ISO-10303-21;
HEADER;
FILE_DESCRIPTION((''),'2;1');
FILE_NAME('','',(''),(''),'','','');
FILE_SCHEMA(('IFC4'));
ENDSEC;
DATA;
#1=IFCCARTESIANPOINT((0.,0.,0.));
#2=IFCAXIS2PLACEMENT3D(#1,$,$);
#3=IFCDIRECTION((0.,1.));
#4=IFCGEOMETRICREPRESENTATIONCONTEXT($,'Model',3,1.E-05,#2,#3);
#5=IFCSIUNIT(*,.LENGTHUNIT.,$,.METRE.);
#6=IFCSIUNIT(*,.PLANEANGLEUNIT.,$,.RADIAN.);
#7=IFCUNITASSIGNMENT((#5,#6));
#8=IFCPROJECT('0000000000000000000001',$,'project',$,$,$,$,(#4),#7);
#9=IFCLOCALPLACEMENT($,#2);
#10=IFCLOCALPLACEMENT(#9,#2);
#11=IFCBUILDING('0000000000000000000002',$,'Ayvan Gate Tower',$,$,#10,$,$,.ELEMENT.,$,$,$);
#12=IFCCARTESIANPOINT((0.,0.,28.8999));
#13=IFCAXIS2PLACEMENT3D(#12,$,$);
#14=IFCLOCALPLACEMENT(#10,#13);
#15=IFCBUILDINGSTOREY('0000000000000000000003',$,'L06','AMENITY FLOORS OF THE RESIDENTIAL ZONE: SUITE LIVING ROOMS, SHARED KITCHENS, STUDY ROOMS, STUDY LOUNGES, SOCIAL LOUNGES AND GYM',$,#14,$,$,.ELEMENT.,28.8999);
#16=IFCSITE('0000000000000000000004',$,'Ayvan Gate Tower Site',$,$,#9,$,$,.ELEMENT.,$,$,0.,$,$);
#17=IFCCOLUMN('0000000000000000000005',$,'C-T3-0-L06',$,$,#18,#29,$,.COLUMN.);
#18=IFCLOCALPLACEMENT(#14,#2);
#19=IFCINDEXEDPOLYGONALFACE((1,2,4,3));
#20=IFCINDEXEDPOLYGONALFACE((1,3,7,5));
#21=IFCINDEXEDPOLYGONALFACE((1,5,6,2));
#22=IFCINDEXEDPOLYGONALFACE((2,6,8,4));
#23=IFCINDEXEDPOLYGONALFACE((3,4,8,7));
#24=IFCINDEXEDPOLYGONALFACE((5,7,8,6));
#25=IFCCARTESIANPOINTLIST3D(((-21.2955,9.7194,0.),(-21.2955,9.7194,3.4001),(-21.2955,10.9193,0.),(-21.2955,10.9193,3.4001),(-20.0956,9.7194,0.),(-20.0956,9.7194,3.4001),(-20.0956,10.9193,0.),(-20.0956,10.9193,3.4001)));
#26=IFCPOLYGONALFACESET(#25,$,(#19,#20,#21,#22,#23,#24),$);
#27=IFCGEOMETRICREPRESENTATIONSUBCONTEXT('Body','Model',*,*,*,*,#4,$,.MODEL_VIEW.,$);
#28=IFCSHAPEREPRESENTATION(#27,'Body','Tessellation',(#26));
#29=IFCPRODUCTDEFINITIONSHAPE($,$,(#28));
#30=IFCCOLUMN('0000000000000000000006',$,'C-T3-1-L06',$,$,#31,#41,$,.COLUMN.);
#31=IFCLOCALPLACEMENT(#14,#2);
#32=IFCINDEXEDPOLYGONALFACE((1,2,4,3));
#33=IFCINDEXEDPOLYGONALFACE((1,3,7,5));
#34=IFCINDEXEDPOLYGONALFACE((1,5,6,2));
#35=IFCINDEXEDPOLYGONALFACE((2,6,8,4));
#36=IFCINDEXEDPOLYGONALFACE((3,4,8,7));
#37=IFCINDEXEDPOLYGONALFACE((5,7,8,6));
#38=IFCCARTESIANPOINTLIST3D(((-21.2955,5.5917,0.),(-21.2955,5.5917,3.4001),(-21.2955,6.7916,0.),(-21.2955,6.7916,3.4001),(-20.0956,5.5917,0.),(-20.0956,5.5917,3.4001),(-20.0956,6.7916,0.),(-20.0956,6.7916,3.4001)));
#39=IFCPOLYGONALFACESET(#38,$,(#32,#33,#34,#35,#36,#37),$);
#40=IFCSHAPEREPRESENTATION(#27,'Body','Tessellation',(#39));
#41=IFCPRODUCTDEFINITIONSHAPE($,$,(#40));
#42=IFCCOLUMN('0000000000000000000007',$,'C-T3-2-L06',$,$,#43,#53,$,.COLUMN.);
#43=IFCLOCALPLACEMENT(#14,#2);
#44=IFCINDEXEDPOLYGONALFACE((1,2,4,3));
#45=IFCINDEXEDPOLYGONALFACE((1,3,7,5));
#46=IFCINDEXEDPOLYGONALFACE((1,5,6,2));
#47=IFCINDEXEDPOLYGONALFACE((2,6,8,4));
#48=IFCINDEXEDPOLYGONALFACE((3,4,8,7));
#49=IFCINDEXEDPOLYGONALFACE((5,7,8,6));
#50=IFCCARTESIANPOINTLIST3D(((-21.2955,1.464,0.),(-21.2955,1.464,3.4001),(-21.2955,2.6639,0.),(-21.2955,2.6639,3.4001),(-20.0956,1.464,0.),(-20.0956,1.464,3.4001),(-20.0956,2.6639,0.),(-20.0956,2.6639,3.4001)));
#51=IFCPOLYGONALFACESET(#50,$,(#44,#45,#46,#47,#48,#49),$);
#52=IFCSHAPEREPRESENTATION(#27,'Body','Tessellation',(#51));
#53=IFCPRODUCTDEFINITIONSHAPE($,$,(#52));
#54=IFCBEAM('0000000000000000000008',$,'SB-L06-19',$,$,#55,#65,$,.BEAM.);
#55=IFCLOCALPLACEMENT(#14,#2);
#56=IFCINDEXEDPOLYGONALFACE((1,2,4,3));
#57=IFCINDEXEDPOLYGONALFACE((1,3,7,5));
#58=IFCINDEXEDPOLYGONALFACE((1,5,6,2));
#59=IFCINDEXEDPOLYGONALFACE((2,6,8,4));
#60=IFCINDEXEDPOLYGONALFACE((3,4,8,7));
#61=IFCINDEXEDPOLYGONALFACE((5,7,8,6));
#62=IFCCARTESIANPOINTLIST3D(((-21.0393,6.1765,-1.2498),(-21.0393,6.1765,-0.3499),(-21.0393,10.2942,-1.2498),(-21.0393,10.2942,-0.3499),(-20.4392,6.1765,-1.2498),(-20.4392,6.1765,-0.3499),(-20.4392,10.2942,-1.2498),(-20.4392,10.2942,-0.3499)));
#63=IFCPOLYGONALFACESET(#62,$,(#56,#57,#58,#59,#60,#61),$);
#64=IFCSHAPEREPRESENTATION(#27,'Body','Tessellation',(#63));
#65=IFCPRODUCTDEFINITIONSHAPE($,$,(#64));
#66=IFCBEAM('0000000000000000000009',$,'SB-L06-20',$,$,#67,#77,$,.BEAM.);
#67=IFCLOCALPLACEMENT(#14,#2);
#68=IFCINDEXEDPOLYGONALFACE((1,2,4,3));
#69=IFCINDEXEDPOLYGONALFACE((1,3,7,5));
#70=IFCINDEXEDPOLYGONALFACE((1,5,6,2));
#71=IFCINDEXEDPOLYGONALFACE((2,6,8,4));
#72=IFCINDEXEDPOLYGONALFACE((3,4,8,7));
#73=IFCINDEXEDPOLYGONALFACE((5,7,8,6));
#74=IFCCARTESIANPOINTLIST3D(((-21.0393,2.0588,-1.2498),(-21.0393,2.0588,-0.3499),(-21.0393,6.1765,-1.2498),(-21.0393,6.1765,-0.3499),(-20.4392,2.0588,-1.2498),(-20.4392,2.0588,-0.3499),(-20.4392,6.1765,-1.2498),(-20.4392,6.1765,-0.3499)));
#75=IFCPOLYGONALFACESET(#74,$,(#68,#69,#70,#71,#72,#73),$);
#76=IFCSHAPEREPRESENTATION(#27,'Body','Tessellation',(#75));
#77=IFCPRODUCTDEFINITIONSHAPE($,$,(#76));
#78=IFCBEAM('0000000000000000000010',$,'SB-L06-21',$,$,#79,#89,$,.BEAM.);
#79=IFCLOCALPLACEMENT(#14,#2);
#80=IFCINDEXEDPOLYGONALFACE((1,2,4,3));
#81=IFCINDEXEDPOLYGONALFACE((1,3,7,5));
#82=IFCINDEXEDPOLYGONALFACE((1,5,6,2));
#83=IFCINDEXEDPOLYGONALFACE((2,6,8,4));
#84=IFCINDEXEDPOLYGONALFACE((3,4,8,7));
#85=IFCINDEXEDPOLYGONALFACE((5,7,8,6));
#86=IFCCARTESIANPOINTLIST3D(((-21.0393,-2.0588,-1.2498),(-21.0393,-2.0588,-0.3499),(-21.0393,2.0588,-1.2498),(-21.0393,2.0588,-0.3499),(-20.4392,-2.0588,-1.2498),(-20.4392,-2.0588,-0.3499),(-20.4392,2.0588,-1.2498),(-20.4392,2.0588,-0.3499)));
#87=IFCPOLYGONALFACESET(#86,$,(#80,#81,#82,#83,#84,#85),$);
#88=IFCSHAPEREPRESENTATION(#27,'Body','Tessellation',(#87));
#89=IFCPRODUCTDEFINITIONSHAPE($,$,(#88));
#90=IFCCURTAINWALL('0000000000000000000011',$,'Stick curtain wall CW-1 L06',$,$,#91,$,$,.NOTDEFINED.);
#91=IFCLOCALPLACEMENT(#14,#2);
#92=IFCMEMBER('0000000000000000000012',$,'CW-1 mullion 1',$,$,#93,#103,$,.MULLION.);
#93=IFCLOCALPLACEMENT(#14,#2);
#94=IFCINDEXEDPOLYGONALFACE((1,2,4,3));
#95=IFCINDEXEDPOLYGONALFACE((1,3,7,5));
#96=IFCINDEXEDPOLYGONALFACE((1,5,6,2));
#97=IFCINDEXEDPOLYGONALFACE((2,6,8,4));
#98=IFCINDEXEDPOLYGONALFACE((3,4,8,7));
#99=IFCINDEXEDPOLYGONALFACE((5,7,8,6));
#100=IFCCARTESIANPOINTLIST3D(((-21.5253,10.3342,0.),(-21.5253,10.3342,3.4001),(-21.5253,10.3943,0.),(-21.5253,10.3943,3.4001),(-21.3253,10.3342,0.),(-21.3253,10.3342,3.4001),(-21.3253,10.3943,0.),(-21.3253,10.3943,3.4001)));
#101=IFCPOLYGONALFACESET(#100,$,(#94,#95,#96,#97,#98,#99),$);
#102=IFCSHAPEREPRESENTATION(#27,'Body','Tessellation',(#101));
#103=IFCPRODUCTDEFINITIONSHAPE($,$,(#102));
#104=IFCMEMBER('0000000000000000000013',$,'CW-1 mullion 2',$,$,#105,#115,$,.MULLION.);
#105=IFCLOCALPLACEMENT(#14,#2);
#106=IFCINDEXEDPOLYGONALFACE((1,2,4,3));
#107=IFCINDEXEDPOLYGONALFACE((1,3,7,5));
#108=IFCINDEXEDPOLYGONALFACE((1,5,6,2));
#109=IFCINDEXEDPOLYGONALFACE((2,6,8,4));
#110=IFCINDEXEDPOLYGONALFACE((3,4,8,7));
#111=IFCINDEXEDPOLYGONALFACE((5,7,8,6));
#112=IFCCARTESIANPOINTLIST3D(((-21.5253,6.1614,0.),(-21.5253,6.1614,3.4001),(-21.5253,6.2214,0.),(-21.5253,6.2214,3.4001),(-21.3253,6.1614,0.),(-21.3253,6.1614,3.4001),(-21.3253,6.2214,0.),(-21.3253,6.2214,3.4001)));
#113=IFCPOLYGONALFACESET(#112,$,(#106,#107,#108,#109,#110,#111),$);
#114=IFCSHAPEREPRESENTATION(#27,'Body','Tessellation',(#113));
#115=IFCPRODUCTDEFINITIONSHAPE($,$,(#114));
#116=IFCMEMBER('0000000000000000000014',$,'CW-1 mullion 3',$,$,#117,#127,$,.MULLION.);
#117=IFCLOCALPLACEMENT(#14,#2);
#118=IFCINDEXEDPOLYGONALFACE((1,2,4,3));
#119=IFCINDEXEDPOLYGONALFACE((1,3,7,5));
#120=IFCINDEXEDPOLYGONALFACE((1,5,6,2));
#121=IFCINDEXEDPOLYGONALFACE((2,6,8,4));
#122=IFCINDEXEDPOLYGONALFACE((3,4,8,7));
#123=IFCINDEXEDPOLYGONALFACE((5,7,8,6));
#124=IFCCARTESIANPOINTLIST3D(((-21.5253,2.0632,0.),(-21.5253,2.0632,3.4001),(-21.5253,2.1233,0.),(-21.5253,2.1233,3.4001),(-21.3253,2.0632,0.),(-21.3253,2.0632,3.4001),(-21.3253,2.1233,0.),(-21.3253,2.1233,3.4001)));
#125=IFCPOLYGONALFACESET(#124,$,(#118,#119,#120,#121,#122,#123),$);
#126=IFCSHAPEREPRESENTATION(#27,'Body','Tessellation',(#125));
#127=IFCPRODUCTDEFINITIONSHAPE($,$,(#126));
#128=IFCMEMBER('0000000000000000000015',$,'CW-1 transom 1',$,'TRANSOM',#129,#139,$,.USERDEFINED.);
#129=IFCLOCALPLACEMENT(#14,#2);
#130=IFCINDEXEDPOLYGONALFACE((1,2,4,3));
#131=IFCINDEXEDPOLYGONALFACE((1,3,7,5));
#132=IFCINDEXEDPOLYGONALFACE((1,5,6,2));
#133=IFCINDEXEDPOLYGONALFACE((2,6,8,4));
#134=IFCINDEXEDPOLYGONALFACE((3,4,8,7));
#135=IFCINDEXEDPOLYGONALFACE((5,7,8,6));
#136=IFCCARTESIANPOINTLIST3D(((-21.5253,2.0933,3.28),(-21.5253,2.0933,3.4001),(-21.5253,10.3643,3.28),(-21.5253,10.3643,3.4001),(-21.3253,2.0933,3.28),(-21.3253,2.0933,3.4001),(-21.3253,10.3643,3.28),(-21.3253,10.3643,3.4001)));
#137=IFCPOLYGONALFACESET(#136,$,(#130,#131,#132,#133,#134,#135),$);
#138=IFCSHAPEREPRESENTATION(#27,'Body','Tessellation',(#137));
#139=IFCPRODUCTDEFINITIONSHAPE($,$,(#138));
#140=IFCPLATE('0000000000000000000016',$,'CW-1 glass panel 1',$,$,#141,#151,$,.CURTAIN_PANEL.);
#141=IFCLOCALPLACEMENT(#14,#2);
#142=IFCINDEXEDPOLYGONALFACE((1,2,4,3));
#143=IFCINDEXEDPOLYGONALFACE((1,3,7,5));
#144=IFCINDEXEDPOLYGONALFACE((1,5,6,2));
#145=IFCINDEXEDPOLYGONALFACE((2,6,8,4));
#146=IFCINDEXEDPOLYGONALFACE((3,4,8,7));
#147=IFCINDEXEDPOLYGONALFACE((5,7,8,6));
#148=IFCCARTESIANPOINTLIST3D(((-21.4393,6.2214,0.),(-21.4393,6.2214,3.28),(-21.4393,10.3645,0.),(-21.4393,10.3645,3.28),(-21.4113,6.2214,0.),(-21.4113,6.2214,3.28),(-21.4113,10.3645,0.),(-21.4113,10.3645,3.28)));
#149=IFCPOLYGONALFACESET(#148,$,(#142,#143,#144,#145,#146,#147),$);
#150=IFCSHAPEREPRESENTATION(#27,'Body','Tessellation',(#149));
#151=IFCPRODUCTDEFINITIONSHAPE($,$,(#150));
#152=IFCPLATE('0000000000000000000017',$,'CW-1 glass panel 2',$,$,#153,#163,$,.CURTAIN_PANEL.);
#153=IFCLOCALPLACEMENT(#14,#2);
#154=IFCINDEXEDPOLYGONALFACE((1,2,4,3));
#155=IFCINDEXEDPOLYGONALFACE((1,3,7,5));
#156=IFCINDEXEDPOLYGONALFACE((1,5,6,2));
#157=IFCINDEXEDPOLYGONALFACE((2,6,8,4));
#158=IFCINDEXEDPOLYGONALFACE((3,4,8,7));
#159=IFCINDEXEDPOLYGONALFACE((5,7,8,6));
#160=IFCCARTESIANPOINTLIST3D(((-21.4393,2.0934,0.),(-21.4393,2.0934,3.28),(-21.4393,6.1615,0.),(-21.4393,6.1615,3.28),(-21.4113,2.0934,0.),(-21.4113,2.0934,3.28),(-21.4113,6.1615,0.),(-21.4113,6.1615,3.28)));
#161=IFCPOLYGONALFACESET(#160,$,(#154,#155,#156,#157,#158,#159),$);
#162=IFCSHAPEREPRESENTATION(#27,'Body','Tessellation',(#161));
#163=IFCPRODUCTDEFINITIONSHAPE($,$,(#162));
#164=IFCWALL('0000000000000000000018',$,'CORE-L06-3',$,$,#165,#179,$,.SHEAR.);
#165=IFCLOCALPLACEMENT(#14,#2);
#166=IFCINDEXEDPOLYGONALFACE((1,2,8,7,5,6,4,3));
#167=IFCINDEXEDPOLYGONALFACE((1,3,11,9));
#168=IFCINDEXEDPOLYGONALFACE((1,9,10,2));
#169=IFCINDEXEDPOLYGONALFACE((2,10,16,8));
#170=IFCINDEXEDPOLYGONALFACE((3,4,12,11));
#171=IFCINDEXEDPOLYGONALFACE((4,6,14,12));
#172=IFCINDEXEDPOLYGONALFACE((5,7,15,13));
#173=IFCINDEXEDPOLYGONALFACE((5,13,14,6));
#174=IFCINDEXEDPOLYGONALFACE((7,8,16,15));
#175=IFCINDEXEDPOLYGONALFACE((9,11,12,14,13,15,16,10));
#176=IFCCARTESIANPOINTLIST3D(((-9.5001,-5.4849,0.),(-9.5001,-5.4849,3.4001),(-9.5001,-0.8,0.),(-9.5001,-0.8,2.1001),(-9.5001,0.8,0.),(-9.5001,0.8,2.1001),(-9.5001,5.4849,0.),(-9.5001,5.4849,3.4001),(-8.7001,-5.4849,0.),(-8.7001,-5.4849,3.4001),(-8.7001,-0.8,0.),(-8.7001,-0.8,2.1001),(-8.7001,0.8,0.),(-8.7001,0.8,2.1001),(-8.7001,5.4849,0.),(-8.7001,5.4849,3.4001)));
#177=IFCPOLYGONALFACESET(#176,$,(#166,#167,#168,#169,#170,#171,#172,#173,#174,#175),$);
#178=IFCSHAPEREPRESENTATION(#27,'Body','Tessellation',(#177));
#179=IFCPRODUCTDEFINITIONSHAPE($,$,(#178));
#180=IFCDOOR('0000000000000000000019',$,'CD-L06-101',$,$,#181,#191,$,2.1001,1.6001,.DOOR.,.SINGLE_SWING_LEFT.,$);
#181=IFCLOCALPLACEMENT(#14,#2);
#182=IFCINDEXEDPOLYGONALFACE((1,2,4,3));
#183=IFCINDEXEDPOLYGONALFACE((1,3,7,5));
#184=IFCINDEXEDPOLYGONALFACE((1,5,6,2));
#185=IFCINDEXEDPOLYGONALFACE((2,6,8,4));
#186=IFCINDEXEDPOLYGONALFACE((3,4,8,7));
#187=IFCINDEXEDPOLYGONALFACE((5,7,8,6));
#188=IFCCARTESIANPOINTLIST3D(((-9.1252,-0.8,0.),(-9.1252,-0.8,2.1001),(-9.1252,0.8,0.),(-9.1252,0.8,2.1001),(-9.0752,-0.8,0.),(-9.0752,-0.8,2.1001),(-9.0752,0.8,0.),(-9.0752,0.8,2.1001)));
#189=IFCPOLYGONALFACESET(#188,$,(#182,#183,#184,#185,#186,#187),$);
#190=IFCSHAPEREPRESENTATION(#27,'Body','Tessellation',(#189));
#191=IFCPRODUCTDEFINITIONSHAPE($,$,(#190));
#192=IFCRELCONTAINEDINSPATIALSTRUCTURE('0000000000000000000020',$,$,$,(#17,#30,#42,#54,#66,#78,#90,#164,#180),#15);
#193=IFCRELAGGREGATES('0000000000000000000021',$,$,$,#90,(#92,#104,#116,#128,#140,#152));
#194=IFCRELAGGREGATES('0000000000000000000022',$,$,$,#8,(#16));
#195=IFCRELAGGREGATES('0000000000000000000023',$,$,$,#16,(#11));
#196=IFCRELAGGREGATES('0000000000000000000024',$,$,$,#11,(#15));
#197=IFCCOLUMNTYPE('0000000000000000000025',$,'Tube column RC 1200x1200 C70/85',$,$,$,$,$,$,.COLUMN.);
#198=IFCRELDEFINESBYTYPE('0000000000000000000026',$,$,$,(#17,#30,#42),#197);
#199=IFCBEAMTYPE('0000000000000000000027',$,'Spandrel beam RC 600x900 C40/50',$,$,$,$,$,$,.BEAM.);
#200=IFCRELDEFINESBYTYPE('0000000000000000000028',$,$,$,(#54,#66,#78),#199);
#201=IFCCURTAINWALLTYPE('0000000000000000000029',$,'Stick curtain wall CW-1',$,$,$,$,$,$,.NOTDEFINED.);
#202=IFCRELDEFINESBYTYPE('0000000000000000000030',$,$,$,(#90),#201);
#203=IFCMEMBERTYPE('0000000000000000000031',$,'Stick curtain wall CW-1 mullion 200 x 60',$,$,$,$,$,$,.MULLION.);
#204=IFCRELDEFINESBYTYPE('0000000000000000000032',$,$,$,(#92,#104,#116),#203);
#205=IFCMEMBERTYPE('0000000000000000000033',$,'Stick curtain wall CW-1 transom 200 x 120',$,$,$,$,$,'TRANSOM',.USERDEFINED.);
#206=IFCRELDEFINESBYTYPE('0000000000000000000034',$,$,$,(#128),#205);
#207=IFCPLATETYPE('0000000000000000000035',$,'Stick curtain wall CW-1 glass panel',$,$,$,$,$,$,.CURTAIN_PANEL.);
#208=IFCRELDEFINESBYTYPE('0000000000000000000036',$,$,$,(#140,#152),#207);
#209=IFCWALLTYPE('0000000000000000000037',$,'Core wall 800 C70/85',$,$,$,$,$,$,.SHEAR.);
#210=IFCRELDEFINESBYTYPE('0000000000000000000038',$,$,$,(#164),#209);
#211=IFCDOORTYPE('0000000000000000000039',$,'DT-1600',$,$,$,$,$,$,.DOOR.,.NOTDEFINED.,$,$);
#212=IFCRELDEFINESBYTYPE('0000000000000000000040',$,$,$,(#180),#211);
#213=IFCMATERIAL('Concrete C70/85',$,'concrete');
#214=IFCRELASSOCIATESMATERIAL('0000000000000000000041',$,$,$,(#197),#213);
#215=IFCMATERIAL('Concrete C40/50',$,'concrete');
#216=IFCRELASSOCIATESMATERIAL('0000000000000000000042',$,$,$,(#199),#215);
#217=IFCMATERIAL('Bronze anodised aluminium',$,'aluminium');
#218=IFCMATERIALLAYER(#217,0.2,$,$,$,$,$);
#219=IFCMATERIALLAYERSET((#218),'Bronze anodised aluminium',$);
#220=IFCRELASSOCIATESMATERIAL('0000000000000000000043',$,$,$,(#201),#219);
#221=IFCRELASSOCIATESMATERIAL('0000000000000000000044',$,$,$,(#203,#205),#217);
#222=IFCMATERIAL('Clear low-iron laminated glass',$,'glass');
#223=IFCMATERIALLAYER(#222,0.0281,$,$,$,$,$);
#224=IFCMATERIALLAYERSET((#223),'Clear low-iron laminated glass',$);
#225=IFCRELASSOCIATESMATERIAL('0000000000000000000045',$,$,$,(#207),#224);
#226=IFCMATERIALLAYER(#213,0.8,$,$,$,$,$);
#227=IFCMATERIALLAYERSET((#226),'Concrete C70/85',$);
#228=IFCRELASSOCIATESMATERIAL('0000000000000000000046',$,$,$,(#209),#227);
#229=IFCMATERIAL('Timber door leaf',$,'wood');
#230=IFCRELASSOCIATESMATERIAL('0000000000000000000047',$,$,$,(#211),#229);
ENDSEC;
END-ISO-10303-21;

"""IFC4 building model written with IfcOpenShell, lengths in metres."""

from ifc_helpers import new_model, si_unit, direction, frame, frame_2d, origin, origin_2d, place, context, subcontext, project, spatial, rectangle, extrude, material, layer, layer_set, material_profile, profile_set, type_object, element, fill, aggregate, save


model = new_model("IFC4")

# Units and contexts
model_context = context("Model", 3, precision=1e-05, world=origin(), true_north=direction((0.0, 1.0)))
body_context = subcontext(model_context, "Body", "Model", "MODEL_VIEW")
ifc_project = project(units=[si_unit("LENGTHUNIT", "METRE"), si_unit("PLANEANGLEUNIT", "RADIAN")], contexts=[model_context])

# Site, building, storey
site_placement = place(None, origin())
site = spatial("IfcSite", under=ifc_project, at=site_placement, Name="Ayvan Gate Tower Site", CompositionType="ELEMENT", RefElevation=0.0)
building_placement = place(site_placement, origin())
building = spatial("IfcBuilding", under=site, at=building_placement, Name="Ayvan Gate Tower", CompositionType="ELEMENT")
storey_placement = place(building_placement, frame((0.0, 0.0, 28.8999)))
storey = spatial("IfcBuildingStorey", under=building, at=storey_placement, Name="L06", Description="AMENITY FLOORS OF THE RESIDENTIAL ZONE: SUITE LIVING ROOMS, SHARED KITCHENS, STUDY ROOMS, STUDY LOUNGES, SOCIAL LOUNGES AND GYM", CompositionType="ELEMENT", Elevation=28.8999)

# Columns
ifc_material_1 = material(Name="Concrete C70/85", Category="concrete")
ifc_material_profile_1 = material_profile(ifc_material_1, rectangle(XDim=1.2, YDim=1.2, at=origin_2d()), Name="RC 1200x1200")
ifc_profile_set_1 = profile_set([ifc_material_profile_1], Name="Concrete C70/85")
column_type = type_object("IfcColumnType", Name="Tube column RC 1200x1200 C70/85", PredefinedType="COLUMN", material=ifc_profile_set_1)
for number, where, z_axis, x_axis, name in (
    (1, (-20.6956, 10.3193, 0.0), (0.0, 0.0, 1.0), (-1.0, 0.0, 0.0), "C-T3-0-L06"),
    (2, (-20.6956, 6.1917, 0.0), (0.0, 0.0, 1.0), (-1.0, 0.0, 0.0), "C-T3-1-L06"),
    (3, (-20.6956, 2.064, 0.0), (0.0, 0.0, 1.0), (-1.0, 0.0, 0.0), "C-T3-2-L06"),
):
    element("IfcColumn", number, at=place(storey_placement, frame(where, z_axis=z_axis, x_axis=x_axis)), inside=storey, type_object=column_type, Name=name, PredefinedType="COLUMN", context=body_context, shape_type="SweptSolid", body=[
        extrude(rectangle(XDim=1.2, YDim=1.2, at=origin_2d()), origin(), (0.0, 0.0, 1.0), 3.4001),
    ])

# Beams
ifc_material_2 = material(Name="Concrete C40/50", Category="concrete")
ifc_material_profile_2 = material_profile(ifc_material_2, rectangle(XDim=0.6001, YDim=0.8999, at=origin_2d()), Name="RC 600x900")
ifc_profile_set_2 = profile_set([ifc_material_profile_2], Name="Concrete C40/50")
beam_type = type_object("IfcBeamType", Name="Spandrel beam RC 600x900 C40/50", PredefinedType="BEAM", material=ifc_profile_set_2)
for number, where, z_axis, x_axis, name in (
    (4, (-20.7393, 10.2942, -0.7998), (0.0, -1.0, 0.0), (1.0, 0.0, 0.0), "SB-L06-19"),
    (5, (-20.7393, 6.1765, -0.7998), (0.0, -1.0, 0.0), (1.0, 0.0, 0.0), "SB-L06-20"),
    (6, (-20.7393, 2.0588, -0.7998), (0.0, -1.0, 0.0), (1.0, 0.0, 0.0), "SB-L06-21"),
):
    element("IfcBeam", number, at=place(storey_placement, frame(where, z_axis=z_axis, x_axis=x_axis)), inside=storey, type_object=beam_type, Name=name, PredefinedType="BEAM", context=body_context, shape_type="SweptSolid", body=[
        extrude(rectangle(XDim=0.6001, YDim=0.8999, at=origin_2d()), origin(), (0.0, 0.0, 1.0), 4.1177),
    ])

# Curtain wall, members, plates
ifc_material_3 = material(Name="Bronze anodised aluminium", Category="aluminium")
ifc_layer_1 = layer(ifc_material_3, 0.2)
ifc_layer_set_1 = layer_set([ifc_layer_1], Name="Bronze anodised aluminium")
curtain_wall_type = type_object("IfcCurtainWallType", Name="Stick curtain wall CW-1", PredefinedType="NOTDEFINED", material=ifc_layer_set_1)
curtain_wall_placement = place(storey_placement, origin())
curtain_wall = element("IfcCurtainWall", 7, at=curtain_wall_placement, inside=storey, type_object=curtain_wall_type, Name="Stick curtain wall CW-1 L06", PredefinedType="NOTDEFINED")
ifc_material_profile_3 = material_profile(ifc_material_3, rectangle(XDim=0.2, YDim=0.0601, at=origin_2d()), Name="Stick curtain wall CW-1 mullion 200 x 60")
ifc_profile_set_3 = profile_set([ifc_material_profile_3], Name="Bronze anodised aluminium")
member_type_1 = type_object("IfcMemberType", Name="Stick curtain wall CW-1 mullion 200 x 60", PredefinedType="MULLION", material=ifc_profile_set_3)
member_1_placement = place(storey_placement, frame((-21.4253, 10.3643, 0.0), z_axis=(0.0, 0.0, 1.0), x_axis=(-1.0, 0.0, 0.0)))
member_1 = element("IfcMember", 8, at=member_1_placement, type_object=member_type_1, Name="CW-1 mullion 1", PredefinedType="MULLION", context=body_context, shape_type="SweptSolid", body=[
    extrude(rectangle(XDim=0.2, YDim=0.0601, at=origin_2d()), origin(), (0.0, 0.0, 1.0), 3.4001),
])
member_2_placement = place(storey_placement, frame((-21.4253, 6.1914, 0.0), z_axis=(0.0, 0.0, 1.0), x_axis=(-1.0, 0.0, 0.0)))
member_2 = element("IfcMember", 9, at=member_2_placement, type_object=member_type_1, Name="CW-1 mullion 2", PredefinedType="MULLION", context=body_context, shape_type="SweptSolid", body=[
    extrude(rectangle(XDim=0.2, YDim=0.0601, at=origin_2d()), origin(), (0.0, 0.0, 1.0), 3.4001),
])
member_3_placement = place(storey_placement, frame((-21.4253, 2.0933, 0.0), z_axis=(0.0, 0.0, 1.0), x_axis=(-1.0, 0.0, 0.0)))
member_3 = element("IfcMember", 10, at=member_3_placement, type_object=member_type_1, Name="CW-1 mullion 3", PredefinedType="MULLION", context=body_context, shape_type="SweptSolid", body=[
    extrude(rectangle(XDim=0.2, YDim=0.0601, at=origin_2d()), origin(), (0.0, 0.0, 1.0), 3.4001),
])
ifc_material_profile_4 = material_profile(ifc_material_3, rectangle(XDim=0.2, YDim=0.1201, at=origin_2d()), Name="Stick curtain wall CW-1 transom 200 x 120")
ifc_profile_set_4 = profile_set([ifc_material_profile_4], Name="Bronze anodised aluminium")
member_type_2 = type_object("IfcMemberType", Name="Stick curtain wall CW-1 transom 200 x 120", ElementType="TRANSOM", PredefinedType="USERDEFINED", material=ifc_profile_set_4)
member_4_placement = place(storey_placement, frame((-21.4253, 10.3643, 3.3401), z_axis=(0.0, -1.0, 0.0), x_axis=(1.0, 0.0, 0.0)))
member_4 = element("IfcMember", 11, at=member_4_placement, type_object=member_type_2, Name="CW-1 transom 1", ObjectType="TRANSOM", PredefinedType="USERDEFINED", context=body_context, shape_type="SweptSolid", body=[
    extrude(rectangle(XDim=0.2, YDim=0.1201, at=origin_2d()), origin(), (0.0, 0.0, 1.0), 8.271),
])
ifc_material_4 = material(Name="Clear low-iron laminated glass", Category="glass")
ifc_layer_2 = layer(ifc_material_4, 0.0281)
ifc_layer_set_2 = layer_set([ifc_layer_2], Name="Clear low-iron laminated glass")
plate_type = type_object("IfcPlateType", Name="Stick curtain wall CW-1 glass panel", PredefinedType="CURTAIN_PANEL", material=ifc_layer_set_2)
plate_1_placement = place(storey_placement, frame((-21.4253, 8.293, 0.0), z_axis=(0.0, 0.0, 1.0), x_axis=(0.0, -1.0, 0.0)))
plate_1 = element("IfcPlate", 12, at=plate_1_placement, type_object=plate_type, Name="CW-1 glass panel 1", PredefinedType="CURTAIN_PANEL", context=body_context, shape_type="SweptSolid", body=[
    extrude(rectangle(XDim=4.1431, YDim=0.0281, at=origin_2d()), origin(), (0.0, 0.0, 1.0), 3.28),
])
plate_2_placement = place(storey_placement, frame((-21.4253, 4.1274, 0.0), z_axis=(0.0, 0.0, 1.0), x_axis=(0.0, -1.0, 0.0)))
plate_2 = element("IfcPlate", 13, at=plate_2_placement, type_object=plate_type, Name="CW-1 glass panel 2", PredefinedType="CURTAIN_PANEL", context=body_context, shape_type="SweptSolid", body=[
    extrude(rectangle(XDim=4.0681, YDim=0.0281, at=origin_2d()), origin(), (0.0, 0.0, 1.0), 3.28),
])
aggregate(curtain_wall, [member_1, member_2, member_3, member_4, plate_1, plate_2])

# Wall, opening, door
ifc_layer_3 = layer(ifc_material_1, 0.8)
ifc_layer_set_3 = layer_set([ifc_layer_3], Name="Concrete C70/85")
wall_type_1 = type_object("IfcWallType", Name="Core wall 800 C70/85", PredefinedType="SHEAR", material=ifc_layer_set_3)
wall_1_placement = place(storey_placement, frame((-9.1001, 5.4849, 0.0), z_axis=(0.0, 0.0, 1.0), x_axis=(0.0, -1.0, 0.0)))
wall_1 = element("IfcWall", 14, at=wall_1_placement, inside=storey, type_object=wall_type_1, Name="CORE-L06-3", PredefinedType="SHEAR", context=body_context, shape_type="SweptSolid", body=[
    extrude(rectangle(XDim=10.9697, YDim=0.8, at=frame_2d((5.4849, 0.0))), origin(), (0.0, 0.0, 1.0), 3.4001),
])
opening_1_placement = place(wall_1_placement, frame((4.6848, 0.0, 0.0)))
opening_1 = element("IfcOpeningElement", 15, at=opening_1_placement, cuts=wall_1, PredefinedType="OPENING", context=body_context, shape_type="SweptSolid", body=[
    extrude(rectangle(XDim=1.6001, YDim=2.1001, at=frame_2d((0.8, 1.05))), frame((0.0, 0.4099, 0.0), z_axis=(0.0, -1.0, 0.0), x_axis=(1.0, 0.0, 0.0)), (0.0, 0.0, 1.0), 0.8201),
])
ifc_material_5 = material(Name="Timber door leaf", Category="wood")
door_type_1 = type_object("IfcDoorType", Name="DT-1600", OperationType="NOTDEFINED", PredefinedType="DOOR", material=ifc_material_5)
door_1_placement = place(opening_1_placement, origin())
door_1 = element("IfcDoor", 16, at=door_1_placement, inside=storey, type_object=door_type_1, Name="CD-L06-101", OperationType="SINGLE_SWING_LEFT", OverallHeight=2.1001, OverallWidth=1.6001, PredefinedType="DOOR", context=body_context, shape_type="SweptSolid", body=[
    extrude(rectangle(XDim=1.6001, YDim=2.1001, at=frame_2d((0.8, 1.05))), frame((0.0, 0.0249, 0.0), z_axis=(0.0, -1.0, 0.0), x_axis=(1.0, 0.0, 0.0)), (0.0, 0.0, 1.0), 0.05),
])
fill(opening_1, door_1)

save(model, "model.ifc")
